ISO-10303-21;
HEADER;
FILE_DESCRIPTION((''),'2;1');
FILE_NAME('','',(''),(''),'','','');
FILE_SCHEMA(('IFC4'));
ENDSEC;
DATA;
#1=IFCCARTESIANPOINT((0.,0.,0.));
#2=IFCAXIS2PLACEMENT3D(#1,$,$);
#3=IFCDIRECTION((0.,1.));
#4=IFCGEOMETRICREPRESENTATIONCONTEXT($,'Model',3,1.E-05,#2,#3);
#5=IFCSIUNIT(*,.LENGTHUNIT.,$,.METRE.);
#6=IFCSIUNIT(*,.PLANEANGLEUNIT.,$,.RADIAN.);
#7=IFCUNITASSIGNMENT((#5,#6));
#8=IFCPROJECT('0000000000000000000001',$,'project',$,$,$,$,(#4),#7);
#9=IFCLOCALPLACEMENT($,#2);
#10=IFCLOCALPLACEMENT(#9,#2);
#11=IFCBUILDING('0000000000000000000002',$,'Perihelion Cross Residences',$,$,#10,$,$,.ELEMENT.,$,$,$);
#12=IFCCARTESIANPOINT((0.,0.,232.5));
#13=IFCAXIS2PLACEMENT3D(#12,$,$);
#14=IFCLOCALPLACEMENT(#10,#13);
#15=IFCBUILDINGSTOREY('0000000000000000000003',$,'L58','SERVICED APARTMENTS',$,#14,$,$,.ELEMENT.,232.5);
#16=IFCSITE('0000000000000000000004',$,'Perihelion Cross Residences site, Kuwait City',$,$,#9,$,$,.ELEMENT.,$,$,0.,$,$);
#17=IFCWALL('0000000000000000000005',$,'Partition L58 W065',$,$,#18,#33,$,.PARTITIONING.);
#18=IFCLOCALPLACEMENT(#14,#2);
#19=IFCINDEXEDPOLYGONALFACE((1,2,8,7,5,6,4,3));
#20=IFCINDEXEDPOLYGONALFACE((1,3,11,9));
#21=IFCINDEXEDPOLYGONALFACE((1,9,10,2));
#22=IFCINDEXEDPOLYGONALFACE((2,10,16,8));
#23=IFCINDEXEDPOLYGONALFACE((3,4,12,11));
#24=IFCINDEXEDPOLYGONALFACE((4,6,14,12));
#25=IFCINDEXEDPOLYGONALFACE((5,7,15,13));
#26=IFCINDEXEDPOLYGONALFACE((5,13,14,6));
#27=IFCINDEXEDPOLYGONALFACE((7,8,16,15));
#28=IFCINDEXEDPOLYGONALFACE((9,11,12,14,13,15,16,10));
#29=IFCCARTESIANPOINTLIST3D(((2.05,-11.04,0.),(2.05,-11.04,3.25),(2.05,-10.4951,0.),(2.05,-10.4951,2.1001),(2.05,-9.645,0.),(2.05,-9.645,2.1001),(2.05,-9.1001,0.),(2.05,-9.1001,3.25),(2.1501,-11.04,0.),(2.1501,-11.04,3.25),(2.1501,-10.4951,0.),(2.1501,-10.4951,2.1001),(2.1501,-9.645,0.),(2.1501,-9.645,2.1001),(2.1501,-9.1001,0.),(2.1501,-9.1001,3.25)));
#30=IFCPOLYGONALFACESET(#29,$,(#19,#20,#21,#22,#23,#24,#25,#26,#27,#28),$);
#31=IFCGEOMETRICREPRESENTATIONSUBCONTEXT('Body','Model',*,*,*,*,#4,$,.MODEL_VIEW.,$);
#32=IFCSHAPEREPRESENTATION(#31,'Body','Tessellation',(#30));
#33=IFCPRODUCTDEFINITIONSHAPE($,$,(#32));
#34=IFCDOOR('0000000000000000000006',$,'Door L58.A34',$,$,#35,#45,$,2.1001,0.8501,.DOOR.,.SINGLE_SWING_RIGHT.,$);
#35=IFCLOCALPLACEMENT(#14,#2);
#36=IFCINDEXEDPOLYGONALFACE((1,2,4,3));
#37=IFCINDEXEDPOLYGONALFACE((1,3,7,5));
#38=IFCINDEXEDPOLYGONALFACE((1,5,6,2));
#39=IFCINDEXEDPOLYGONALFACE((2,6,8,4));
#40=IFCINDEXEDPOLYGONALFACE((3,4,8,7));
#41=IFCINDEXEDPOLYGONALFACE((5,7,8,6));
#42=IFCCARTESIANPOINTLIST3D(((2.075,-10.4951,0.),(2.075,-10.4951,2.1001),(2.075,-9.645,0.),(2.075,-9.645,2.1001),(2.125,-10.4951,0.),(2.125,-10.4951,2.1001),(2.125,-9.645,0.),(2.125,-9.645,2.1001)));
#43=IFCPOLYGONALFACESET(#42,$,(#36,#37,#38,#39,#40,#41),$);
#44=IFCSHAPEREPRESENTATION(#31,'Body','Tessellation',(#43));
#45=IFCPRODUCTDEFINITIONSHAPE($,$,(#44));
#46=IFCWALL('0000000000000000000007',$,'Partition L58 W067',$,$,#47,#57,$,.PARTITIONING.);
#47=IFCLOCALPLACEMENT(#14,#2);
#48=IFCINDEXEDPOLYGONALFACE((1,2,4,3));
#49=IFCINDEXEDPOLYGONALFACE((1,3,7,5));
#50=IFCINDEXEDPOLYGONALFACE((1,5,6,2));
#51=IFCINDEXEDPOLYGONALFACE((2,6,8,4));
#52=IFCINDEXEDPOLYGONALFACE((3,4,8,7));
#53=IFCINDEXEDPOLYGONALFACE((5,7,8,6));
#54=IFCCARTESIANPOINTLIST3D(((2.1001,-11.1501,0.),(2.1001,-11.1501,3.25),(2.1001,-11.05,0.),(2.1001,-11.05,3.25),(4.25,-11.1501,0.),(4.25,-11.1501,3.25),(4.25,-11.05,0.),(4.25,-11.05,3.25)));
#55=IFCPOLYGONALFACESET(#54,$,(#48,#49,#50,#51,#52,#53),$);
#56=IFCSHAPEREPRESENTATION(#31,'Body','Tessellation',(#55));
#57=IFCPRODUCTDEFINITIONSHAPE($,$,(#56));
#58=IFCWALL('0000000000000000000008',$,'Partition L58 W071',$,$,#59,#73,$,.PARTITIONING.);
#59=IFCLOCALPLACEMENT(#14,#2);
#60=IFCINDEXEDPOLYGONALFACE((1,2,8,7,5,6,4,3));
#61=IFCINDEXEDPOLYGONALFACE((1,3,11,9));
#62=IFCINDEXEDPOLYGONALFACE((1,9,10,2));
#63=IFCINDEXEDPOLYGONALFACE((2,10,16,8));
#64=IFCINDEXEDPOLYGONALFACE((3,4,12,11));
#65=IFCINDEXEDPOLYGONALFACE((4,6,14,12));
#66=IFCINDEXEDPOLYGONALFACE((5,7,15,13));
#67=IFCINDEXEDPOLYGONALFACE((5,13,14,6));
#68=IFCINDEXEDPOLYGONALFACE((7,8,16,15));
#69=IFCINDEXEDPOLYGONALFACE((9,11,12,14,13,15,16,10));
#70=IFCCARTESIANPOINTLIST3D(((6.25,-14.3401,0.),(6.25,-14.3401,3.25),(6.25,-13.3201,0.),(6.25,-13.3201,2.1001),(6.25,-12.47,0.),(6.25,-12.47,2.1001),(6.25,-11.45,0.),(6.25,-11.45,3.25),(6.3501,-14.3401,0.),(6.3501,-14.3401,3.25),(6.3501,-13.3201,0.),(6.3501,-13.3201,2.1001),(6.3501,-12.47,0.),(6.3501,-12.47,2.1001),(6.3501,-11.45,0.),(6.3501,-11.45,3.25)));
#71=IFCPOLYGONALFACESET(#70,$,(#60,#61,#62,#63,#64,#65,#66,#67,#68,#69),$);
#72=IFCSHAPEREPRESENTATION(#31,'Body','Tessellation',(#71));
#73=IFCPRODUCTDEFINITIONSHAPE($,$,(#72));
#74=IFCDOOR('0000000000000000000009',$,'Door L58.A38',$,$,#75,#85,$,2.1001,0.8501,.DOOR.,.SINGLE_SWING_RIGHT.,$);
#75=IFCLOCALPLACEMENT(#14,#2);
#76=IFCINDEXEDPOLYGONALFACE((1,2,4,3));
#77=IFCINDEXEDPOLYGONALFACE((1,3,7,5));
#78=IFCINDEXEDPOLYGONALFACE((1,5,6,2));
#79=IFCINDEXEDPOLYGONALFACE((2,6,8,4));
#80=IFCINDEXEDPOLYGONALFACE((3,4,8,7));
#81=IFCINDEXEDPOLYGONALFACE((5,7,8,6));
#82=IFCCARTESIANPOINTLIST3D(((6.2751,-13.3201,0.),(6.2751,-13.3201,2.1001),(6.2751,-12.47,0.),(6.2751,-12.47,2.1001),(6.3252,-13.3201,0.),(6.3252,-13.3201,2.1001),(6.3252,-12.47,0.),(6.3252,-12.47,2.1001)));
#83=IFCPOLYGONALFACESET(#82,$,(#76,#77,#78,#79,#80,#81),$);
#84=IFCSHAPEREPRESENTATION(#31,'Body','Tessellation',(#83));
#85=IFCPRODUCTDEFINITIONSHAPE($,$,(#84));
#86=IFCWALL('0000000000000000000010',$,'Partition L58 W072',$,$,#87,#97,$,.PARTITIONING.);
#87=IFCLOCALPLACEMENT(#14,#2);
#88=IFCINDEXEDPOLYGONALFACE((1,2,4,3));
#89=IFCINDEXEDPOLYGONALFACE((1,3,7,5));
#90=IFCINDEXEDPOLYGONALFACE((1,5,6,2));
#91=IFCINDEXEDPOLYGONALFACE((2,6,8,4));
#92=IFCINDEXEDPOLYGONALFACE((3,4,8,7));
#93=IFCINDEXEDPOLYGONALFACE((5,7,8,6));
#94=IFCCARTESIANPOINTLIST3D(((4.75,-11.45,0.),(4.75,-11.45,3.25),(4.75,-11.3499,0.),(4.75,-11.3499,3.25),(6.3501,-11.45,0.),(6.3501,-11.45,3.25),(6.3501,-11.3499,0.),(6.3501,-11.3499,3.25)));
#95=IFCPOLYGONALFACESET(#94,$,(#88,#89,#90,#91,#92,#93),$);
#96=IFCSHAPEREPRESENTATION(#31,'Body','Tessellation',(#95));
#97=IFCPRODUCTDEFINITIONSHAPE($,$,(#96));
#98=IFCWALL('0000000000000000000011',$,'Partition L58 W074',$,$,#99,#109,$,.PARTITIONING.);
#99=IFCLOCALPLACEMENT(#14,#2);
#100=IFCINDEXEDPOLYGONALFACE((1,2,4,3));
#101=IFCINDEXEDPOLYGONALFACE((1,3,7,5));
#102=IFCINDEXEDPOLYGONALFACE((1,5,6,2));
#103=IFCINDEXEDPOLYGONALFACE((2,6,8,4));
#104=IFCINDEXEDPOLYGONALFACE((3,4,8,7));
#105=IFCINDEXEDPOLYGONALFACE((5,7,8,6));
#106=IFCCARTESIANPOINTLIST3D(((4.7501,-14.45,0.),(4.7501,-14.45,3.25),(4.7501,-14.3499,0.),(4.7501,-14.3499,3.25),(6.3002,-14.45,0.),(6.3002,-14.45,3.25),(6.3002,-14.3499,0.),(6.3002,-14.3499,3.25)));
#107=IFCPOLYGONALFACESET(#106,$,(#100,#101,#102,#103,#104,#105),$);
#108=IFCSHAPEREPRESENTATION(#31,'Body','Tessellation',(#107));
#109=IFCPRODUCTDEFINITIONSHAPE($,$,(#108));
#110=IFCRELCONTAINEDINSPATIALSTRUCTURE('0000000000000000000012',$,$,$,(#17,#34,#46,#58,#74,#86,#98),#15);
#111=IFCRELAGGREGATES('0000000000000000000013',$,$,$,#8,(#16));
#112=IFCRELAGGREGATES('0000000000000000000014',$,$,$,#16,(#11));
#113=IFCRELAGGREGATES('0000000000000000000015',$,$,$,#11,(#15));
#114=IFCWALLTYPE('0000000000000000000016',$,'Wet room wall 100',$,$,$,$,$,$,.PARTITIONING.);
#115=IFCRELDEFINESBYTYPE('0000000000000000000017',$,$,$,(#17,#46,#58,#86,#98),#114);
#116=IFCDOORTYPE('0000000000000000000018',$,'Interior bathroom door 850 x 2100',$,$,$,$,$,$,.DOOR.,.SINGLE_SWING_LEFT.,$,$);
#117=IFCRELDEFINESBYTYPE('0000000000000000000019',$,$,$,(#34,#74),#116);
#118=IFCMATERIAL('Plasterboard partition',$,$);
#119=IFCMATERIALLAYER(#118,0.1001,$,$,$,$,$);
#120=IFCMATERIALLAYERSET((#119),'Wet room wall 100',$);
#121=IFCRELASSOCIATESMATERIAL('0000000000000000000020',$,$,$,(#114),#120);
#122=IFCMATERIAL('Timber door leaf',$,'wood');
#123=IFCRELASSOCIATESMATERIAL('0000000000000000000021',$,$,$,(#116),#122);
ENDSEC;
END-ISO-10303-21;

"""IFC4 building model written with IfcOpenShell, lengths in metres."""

from ifc_helpers import new_model, si_unit, direction, frame, frame_2d, origin, place, context, subcontext, project, spatial, rectangle, extrude, material, layer, layer_set, type_object, element, fill, save


model = new_model("IFC4")

# Units and contexts
model_context = context("Model", 3, precision=1e-05, world=origin(), true_north=direction((0.0, 1.0)))
body_context = subcontext(model_context, "Body", "Model", "MODEL_VIEW")
ifc_project = project(units=[si_unit("LENGTHUNIT", "METRE"), si_unit("PLANEANGLEUNIT", "RADIAN")], contexts=[model_context])

# Site, building, storey
site_placement = place(None, origin())
site = spatial("IfcSite", under=ifc_project, at=site_placement, Name="Perihelion Cross Residences site, Kuwait City", CompositionType="ELEMENT", RefElevation=0.0)
building_placement = place(site_placement, origin())
building = spatial("IfcBuilding", under=site, at=building_placement, Name="Perihelion Cross Residences", CompositionType="ELEMENT")
storey_placement = place(building_placement, frame((0.0, 0.0, 232.5)))
storey = spatial("IfcBuildingStorey", under=building, at=storey_placement, Name="L58", Description="SERVICED APARTMENTS", CompositionType="ELEMENT", Elevation=232.5)

# Wall, opening, door
ifc_material_1 = material(Name="Plasterboard partition")
ifc_layer_1 = layer(ifc_material_1, 0.1001)
ifc_layer_set_1 = layer_set([ifc_layer_1], Name="Wet room wall 100")
wall_type_1 = type_object("IfcWallType", Name="Wet room wall 100", PredefinedType="PARTITIONING", material=ifc_layer_set_1)
wall_1_placement = place(storey_placement, frame((2.1001, -9.1001, 0.0), z_axis=(0.0, 0.0, 1.0), x_axis=(0.0, -1.0, 0.0)))
wall_1 = element("IfcWall", 1, at=wall_1_placement, inside=storey, type_object=wall_type_1, Name="Partition L58 W065", PredefinedType="PARTITIONING", context=body_context, shape_type="SweptSolid", body=[
    extrude(rectangle(XDim=1.9399, YDim=0.1001, at=frame_2d((0.97, 0.0))), origin(), (0.0, 0.0, 1.0), 3.25),
])
opening_1_placement = place(wall_1_placement, frame((0.5449, 0.0, 0.0)))
opening_1 = element("IfcOpeningElement", 2, at=opening_1_placement, cuts=wall_1, PredefinedType="OPENING", context=body_context, shape_type="SweptSolid", body=[
    extrude(rectangle(XDim=0.8501, YDim=2.1001, at=frame_2d((0.425, 1.05))), frame((0.0, 0.0601, 0.0), z_axis=(0.0, -1.0, 0.0), x_axis=(1.0, 0.0, 0.0)), (0.0, 0.0, 1.0), 0.1201),
])
ifc_material_2 = material(Name="Timber door leaf", Category="wood")
door_type_1 = type_object("IfcDoorType", Name="Interior bathroom door 850 x 2100", OperationType="SINGLE_SWING_LEFT", PredefinedType="DOOR", material=ifc_material_2)
door_1_placement = place(opening_1_placement, origin())
door_1 = element("IfcDoor", 3, at=door_1_placement, inside=storey, type_object=door_type_1, Name="Door L58.A34", OperationType="SINGLE_SWING_RIGHT", OverallHeight=2.1001, OverallWidth=0.8501, PredefinedType="DOOR", context=body_context, shape_type="SweptSolid", body=[
    extrude(rectangle(XDim=0.8501, YDim=2.1001, at=frame_2d((0.425, 1.05))), frame((0.0, 0.0249, 0.0), z_axis=(0.0, -1.0, 0.0), x_axis=(1.0, 0.0, 0.0)), (0.0, 0.0, 1.0), 0.05),
])
fill(opening_1, door_1)

# Wall
wall_2_placement = place(storey_placement, frame((4.25, -11.1001, 0.0), z_axis=(0.0, 0.0, 1.0), x_axis=(-1.0, 0.0, 0.0)))
element("IfcWall", 4, at=wall_2_placement, inside=storey, type_object=wall_type_1, Name="Partition L58 W067", PredefinedType="PARTITIONING", context=body_context, shape_type="SweptSolid", body=[
    extrude(rectangle(XDim=2.1499, YDim=0.1001, at=frame_2d((1.075, 0.0))), origin(), (0.0, 0.0, 1.0), 3.25),
])

# Wall, opening, door
wall_3_placement = place(storey_placement, frame((6.3, -14.3401, 0.0), z_axis=(0.0, 0.0, 1.0), x_axis=(0.0, 1.0, 0.0)))
wall_3 = element("IfcWall", 5, at=wall_3_placement, inside=storey, type_object=wall_type_1, Name="Partition L58 W071", PredefinedType="PARTITIONING", context=body_context, shape_type="SweptSolid", body=[
    extrude(rectangle(XDim=2.8901, YDim=0.1001, at=frame_2d((1.4451, 0.0))), origin(), (0.0, 0.0, 1.0), 3.25),
])
opening_2_placement = place(wall_3_placement, frame((1.02, 0.0, 0.0)))
opening_2 = element("IfcOpeningElement", 6, at=opening_2_placement, cuts=wall_3, PredefinedType="OPENING", context=body_context, shape_type="SweptSolid", body=[
    extrude(rectangle(XDim=0.8501, YDim=2.1001, at=frame_2d((0.425, 1.05))), frame((0.0, 0.0601, 0.0), z_axis=(0.0, -1.0, 0.0), x_axis=(1.0, 0.0, 0.0)), (0.0, 0.0, 1.0), 0.1201),
])
door_2_placement = place(opening_2_placement, origin())
door_2 = element("IfcDoor", 7, at=door_2_placement, inside=storey, type_object=door_type_1, Name="Door L58.A38", OperationType="SINGLE_SWING_RIGHT", OverallHeight=2.1001, OverallWidth=0.8501, PredefinedType="DOOR", context=body_context, shape_type="SweptSolid", body=[
    extrude(rectangle(XDim=0.8501, YDim=2.1001, at=frame_2d((0.425, 1.05))), frame((0.0, 0.0249, 0.0), z_axis=(0.0, -1.0, 0.0), x_axis=(1.0, 0.0, 0.0)), (0.0, 0.0, 1.0), 0.05),
])
fill(opening_2, door_2)

# Walls
wall_4_placement = place(storey_placement, frame((6.3501, -11.3999, 0.0), z_axis=(0.0, 0.0, 1.0), x_axis=(-1.0, 0.0, 0.0)))
element("IfcWall", 8, at=wall_4_placement, inside=storey, type_object=wall_type_1, Name="Partition L58 W072", PredefinedType="PARTITIONING", context=body_context, shape_type="SweptSolid", body=[
    extrude(rectangle(XDim=1.6001, YDim=0.1001, at=frame_2d((0.8, 0.0))), origin(), (0.0, 0.0, 1.0), 3.25),
])
wall_5_placement = place(storey_placement, frame((6.3, -14.3999, 0.0), z_axis=(0.0, 0.0, 1.0), x_axis=(-1.0, 0.0, 0.0)))
element("IfcWall", 9, at=wall_5_placement, inside=storey, type_object=wall_type_1, Name="Partition L58 W074", PredefinedType="PARTITIONING", context=body_context, shape_type="SweptSolid", body=[
    extrude(rectangle(XDim=1.55, YDim=0.1001, at=frame_2d((0.7749, 0.0))), origin(), (0.0, 0.0, 1.0), 3.25),
])

save(model, "model.ifc")
